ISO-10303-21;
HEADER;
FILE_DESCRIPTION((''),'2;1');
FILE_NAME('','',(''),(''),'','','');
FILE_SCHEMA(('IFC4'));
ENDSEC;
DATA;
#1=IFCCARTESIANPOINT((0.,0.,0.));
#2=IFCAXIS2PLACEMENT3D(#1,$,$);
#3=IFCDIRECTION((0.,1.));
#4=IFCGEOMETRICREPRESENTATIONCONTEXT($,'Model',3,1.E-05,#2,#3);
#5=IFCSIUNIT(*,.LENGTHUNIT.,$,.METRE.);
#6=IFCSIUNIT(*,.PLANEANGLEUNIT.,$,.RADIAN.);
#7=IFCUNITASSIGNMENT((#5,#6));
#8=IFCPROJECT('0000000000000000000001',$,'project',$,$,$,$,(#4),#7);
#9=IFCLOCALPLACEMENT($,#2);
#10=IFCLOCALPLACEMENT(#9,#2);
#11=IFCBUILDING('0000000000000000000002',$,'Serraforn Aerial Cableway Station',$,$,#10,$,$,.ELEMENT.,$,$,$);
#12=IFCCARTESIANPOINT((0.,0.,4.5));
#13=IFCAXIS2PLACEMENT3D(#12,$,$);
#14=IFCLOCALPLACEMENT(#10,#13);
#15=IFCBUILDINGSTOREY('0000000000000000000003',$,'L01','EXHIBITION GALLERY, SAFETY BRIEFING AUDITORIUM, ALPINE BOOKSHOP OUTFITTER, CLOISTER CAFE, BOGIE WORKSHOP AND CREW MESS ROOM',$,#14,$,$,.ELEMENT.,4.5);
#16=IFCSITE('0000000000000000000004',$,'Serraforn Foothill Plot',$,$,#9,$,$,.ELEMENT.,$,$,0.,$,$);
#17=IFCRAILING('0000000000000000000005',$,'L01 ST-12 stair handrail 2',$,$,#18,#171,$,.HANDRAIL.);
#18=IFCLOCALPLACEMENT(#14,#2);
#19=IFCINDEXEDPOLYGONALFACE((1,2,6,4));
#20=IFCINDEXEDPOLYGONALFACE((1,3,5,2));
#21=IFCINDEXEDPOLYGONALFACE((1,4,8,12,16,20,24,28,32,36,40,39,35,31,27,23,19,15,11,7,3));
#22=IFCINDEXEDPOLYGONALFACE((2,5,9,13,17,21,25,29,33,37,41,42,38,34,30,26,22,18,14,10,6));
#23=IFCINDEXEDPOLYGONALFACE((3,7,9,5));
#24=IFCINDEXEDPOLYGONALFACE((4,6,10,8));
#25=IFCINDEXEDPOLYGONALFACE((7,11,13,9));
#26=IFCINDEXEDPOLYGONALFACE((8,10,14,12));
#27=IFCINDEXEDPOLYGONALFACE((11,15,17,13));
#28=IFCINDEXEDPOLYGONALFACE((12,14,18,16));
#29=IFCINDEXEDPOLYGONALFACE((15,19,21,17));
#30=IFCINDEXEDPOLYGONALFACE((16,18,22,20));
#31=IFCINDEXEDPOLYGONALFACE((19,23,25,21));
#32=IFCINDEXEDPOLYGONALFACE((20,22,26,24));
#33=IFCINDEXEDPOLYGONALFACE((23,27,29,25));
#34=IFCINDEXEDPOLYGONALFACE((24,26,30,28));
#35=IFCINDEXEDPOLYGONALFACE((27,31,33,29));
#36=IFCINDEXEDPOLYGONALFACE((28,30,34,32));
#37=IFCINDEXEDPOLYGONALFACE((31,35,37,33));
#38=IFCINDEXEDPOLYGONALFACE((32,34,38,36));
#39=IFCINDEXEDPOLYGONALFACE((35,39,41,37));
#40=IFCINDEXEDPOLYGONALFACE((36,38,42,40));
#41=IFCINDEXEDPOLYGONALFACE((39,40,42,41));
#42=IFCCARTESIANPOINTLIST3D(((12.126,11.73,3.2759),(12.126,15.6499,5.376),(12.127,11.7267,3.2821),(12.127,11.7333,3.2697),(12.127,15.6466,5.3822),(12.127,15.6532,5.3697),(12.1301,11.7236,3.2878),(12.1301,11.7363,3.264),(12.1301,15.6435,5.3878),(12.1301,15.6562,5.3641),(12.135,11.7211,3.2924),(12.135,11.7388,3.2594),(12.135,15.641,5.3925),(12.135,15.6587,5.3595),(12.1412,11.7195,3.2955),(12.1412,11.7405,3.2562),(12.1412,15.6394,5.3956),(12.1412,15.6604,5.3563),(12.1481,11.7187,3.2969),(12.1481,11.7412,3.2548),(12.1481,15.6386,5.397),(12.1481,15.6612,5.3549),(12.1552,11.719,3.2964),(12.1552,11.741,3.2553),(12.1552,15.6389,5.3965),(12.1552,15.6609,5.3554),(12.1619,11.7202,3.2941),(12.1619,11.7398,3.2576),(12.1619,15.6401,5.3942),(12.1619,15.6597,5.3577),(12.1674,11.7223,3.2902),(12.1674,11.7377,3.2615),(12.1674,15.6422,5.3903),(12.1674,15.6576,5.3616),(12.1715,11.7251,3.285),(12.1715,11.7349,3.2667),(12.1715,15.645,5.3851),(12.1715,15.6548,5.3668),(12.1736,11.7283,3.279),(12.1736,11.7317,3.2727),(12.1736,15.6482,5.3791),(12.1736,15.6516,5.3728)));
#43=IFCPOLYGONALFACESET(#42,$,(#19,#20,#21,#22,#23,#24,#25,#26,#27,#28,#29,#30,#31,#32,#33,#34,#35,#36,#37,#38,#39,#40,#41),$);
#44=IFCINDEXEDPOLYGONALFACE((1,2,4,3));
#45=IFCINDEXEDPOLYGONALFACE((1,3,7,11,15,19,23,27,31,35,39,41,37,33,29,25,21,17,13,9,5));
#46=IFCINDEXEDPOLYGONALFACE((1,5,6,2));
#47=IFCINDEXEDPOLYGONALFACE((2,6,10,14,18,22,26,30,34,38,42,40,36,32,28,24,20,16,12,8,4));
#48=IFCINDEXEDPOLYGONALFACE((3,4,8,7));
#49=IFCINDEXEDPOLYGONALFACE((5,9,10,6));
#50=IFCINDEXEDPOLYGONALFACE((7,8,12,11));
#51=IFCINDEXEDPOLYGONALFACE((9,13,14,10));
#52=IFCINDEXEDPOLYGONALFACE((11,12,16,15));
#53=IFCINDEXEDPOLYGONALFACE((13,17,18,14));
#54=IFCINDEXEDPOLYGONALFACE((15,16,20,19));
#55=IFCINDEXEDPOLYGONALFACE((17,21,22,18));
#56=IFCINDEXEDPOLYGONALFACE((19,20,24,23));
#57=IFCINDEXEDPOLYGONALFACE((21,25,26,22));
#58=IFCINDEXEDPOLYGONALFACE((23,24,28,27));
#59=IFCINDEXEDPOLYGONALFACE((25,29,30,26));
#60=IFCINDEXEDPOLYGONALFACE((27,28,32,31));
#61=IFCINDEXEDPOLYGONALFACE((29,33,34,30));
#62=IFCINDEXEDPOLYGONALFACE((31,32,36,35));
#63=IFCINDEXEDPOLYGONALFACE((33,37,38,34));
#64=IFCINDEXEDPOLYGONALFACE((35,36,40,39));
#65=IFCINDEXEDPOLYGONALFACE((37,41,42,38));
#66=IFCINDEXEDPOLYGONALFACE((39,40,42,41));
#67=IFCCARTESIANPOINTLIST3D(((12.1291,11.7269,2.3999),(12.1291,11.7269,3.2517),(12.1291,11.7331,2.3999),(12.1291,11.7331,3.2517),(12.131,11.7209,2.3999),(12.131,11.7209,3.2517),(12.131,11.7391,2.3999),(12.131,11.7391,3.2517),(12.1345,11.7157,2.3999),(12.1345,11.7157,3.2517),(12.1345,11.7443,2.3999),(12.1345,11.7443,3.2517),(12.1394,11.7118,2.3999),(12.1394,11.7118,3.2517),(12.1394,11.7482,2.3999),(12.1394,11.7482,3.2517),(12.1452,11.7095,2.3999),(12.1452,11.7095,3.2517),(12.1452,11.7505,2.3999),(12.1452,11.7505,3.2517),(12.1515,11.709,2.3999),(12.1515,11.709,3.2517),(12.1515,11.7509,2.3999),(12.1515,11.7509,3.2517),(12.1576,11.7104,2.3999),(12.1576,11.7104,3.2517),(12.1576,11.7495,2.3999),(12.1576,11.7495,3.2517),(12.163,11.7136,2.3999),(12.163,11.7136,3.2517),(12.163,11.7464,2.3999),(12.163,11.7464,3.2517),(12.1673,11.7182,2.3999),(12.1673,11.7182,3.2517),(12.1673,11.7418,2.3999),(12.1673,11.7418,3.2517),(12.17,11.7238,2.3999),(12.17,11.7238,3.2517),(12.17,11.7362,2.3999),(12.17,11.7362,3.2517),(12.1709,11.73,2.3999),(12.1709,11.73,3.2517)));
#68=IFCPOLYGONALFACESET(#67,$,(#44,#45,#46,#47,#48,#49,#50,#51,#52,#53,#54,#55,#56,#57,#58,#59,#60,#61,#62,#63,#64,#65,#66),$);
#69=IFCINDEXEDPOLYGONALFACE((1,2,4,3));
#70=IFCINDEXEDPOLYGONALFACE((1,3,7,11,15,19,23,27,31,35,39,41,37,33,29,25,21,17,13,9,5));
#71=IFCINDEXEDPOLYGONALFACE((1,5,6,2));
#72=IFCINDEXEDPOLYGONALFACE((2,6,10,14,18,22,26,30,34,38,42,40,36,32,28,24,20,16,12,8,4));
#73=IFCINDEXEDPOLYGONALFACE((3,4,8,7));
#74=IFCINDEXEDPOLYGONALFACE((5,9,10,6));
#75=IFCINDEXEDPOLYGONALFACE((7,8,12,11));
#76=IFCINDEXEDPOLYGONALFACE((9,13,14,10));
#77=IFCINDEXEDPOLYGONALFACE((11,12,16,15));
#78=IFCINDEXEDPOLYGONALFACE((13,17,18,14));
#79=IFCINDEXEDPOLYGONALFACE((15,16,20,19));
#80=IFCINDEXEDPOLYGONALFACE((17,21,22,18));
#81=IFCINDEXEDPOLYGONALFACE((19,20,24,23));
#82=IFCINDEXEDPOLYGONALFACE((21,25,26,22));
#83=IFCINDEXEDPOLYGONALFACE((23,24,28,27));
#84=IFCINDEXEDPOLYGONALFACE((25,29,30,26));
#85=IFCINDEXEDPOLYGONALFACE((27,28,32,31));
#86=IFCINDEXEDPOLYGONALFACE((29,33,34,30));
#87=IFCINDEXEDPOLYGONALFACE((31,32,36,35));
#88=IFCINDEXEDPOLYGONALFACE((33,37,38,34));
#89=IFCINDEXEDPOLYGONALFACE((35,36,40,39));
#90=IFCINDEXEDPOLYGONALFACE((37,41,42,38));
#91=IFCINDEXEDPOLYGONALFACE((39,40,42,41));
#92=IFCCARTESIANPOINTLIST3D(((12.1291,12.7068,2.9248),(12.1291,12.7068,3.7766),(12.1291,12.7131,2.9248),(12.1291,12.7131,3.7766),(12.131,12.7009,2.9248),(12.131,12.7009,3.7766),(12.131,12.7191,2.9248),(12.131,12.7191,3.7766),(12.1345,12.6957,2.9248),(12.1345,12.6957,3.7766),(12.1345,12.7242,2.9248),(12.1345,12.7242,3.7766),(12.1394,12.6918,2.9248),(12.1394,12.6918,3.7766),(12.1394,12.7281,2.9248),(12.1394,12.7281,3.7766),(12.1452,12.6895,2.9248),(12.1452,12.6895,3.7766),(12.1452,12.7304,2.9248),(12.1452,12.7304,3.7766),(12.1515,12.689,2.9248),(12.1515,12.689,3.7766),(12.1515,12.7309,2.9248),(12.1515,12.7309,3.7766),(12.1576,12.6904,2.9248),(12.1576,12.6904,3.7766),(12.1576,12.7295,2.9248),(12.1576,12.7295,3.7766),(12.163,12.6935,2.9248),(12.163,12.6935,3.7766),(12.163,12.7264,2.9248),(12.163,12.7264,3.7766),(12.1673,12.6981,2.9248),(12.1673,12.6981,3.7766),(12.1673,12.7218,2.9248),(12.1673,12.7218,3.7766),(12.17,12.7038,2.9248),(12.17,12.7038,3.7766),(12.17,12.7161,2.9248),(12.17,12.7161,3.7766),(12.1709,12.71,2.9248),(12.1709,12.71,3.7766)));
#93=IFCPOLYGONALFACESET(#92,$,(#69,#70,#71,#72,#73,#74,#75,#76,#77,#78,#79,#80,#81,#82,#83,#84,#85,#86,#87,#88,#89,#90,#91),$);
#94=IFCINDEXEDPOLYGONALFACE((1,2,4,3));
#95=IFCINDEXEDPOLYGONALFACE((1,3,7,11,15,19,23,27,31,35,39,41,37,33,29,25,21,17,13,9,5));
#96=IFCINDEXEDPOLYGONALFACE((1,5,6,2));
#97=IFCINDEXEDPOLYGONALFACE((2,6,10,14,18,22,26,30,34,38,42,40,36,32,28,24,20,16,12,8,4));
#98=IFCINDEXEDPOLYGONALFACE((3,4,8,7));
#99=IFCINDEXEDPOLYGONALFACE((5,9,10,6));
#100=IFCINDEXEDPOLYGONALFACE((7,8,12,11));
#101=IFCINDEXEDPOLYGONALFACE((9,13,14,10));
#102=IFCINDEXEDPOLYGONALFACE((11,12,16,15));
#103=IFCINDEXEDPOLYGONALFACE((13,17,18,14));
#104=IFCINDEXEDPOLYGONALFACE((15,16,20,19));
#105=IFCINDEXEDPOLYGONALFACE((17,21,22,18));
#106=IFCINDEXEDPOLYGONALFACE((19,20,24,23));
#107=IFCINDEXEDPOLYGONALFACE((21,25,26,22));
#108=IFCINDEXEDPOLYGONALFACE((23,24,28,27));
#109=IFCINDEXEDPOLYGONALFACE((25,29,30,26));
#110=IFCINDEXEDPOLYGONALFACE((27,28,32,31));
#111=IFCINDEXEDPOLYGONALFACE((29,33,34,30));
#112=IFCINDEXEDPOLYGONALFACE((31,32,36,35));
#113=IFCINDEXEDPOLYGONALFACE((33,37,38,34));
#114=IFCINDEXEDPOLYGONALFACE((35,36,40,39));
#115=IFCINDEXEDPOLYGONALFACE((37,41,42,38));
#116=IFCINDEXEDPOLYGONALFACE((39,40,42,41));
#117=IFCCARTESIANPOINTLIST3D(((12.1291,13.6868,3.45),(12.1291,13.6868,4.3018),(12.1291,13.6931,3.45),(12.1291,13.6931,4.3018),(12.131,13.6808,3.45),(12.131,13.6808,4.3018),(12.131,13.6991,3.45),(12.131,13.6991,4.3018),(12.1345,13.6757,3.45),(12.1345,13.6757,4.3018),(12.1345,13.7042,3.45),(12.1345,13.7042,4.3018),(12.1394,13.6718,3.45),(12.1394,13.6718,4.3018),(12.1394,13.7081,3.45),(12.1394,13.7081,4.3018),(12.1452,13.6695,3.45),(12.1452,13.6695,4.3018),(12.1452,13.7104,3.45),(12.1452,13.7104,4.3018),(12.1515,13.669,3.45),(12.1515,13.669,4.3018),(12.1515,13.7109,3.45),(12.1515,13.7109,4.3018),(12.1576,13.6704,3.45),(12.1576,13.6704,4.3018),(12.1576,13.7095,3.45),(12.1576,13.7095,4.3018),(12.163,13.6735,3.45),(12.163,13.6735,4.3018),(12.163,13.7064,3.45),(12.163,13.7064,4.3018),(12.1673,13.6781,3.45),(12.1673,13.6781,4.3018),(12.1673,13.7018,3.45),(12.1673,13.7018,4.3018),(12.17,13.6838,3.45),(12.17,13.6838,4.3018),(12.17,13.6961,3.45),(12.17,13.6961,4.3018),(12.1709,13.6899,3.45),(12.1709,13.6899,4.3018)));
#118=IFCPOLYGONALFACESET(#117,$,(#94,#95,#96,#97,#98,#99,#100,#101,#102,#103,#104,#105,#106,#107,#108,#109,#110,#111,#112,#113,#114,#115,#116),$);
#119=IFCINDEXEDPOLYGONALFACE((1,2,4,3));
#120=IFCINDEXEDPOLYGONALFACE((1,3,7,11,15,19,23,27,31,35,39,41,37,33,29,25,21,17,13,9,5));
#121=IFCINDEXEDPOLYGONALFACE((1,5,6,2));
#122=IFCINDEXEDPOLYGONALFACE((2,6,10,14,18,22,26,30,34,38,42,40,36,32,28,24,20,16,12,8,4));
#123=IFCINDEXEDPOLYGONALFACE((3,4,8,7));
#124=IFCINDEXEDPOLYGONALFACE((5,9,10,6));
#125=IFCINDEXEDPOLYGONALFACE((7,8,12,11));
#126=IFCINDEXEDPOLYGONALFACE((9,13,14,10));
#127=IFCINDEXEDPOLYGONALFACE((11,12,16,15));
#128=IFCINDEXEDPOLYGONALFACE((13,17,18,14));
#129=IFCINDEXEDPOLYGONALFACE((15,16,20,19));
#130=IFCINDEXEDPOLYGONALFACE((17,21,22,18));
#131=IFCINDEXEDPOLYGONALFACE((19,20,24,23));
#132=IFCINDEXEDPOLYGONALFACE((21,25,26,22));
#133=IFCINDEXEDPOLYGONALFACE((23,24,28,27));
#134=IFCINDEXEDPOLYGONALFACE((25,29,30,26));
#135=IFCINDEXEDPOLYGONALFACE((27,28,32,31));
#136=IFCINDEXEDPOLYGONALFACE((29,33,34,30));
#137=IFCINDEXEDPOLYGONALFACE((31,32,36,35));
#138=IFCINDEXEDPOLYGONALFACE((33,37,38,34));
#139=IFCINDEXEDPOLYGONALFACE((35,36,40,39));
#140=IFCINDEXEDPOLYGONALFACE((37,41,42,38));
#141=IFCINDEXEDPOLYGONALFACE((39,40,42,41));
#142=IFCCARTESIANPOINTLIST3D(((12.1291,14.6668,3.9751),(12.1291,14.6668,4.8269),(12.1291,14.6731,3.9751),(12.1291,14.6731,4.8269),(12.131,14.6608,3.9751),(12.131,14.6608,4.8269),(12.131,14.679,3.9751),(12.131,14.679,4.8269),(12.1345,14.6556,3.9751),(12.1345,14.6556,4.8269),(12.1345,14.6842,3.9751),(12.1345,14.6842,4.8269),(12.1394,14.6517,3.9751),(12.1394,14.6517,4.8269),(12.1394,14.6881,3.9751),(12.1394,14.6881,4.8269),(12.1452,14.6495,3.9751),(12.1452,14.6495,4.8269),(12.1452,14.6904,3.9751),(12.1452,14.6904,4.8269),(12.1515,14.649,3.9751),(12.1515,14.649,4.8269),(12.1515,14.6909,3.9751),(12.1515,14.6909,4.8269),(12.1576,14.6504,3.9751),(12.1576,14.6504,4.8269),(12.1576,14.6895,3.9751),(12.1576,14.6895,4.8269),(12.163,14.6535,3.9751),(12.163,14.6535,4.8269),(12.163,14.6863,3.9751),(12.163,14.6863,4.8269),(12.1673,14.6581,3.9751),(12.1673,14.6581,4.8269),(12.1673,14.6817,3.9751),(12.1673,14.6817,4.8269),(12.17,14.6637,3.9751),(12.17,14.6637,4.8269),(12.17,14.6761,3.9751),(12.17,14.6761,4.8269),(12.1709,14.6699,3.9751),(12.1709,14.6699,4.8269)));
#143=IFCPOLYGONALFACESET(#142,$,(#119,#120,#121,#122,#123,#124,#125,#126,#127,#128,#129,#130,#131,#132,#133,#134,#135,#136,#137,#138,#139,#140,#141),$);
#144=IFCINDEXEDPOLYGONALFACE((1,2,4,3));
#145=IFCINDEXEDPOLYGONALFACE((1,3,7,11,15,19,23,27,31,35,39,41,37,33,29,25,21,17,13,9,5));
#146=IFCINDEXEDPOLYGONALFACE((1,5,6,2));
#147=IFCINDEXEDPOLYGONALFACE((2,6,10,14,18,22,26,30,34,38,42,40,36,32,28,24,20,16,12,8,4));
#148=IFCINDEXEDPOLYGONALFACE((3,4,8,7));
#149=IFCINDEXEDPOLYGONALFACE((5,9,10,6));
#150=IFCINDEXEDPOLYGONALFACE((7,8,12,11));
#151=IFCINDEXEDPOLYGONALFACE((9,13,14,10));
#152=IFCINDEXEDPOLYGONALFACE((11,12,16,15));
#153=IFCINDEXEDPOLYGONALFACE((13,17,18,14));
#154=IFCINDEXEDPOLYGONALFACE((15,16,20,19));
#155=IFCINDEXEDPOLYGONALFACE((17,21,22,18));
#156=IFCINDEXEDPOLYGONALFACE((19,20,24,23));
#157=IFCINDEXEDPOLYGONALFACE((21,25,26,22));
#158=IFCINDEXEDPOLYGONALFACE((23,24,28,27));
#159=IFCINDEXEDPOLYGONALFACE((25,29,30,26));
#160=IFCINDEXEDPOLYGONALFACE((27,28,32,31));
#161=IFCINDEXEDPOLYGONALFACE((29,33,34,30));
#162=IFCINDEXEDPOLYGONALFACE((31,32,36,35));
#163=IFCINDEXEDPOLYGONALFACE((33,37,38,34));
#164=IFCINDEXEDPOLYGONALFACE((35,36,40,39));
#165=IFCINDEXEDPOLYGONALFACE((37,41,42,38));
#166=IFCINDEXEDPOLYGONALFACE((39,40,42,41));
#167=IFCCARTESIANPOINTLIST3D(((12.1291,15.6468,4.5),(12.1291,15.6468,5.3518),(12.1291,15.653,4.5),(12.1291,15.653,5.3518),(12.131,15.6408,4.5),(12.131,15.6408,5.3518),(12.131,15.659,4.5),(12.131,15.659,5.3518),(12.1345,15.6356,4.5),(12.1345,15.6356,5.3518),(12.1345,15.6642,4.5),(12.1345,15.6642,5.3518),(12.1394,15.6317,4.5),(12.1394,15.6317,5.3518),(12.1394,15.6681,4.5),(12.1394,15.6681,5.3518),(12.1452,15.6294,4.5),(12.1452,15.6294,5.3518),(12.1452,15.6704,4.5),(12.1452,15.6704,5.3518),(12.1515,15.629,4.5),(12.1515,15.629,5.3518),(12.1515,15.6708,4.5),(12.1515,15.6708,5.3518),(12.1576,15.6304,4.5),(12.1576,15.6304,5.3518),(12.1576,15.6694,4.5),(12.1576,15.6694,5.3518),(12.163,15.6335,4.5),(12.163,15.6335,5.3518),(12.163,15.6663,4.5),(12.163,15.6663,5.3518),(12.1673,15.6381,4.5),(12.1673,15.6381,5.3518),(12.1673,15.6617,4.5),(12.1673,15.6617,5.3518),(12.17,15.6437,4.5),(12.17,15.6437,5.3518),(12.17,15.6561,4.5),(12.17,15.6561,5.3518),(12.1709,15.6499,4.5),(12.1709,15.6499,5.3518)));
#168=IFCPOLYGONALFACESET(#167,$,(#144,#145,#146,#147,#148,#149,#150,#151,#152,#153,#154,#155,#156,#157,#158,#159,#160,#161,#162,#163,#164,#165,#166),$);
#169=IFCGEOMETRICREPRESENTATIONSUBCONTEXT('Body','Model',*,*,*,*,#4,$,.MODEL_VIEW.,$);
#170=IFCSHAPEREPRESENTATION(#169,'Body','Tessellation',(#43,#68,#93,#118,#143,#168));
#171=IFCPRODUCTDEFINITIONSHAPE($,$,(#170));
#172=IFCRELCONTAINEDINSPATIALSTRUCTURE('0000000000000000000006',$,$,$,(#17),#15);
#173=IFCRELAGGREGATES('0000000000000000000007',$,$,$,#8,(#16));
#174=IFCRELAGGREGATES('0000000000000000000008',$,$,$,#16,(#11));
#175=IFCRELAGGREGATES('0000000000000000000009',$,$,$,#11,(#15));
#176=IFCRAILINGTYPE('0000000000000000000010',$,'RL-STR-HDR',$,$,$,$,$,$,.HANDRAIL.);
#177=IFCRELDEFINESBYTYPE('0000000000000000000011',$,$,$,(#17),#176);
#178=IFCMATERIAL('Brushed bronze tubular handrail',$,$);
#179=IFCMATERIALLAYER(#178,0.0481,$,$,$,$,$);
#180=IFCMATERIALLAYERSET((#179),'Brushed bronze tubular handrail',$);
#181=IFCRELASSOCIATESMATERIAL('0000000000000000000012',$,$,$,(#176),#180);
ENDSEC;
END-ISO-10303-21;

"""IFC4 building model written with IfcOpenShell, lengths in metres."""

from ifc_helpers import new_model, si_unit, direction, frame, origin, origin_2d, place, context, subcontext, project, spatial, circle, extrude, material, layer, layer_set, type_object, element, save


model = new_model("IFC4")

# Units and contexts
model_context = context("Model", 3, precision=1e-05, world=origin(), true_north=direction((0.0, 1.0)))
body_context = subcontext(model_context, "Body", "Model", "MODEL_VIEW")
ifc_project = project(units=[si_unit("LENGTHUNIT", "METRE"), si_unit("PLANEANGLEUNIT", "RADIAN")], contexts=[model_context])

# Site, building, storey
site_placement = place(None, origin())
site = spatial("IfcSite", under=ifc_project, at=site_placement, Name="Serraforn Foothill Plot", CompositionType="ELEMENT", RefElevation=0.0)
building_placement = place(site_placement, origin())
building = spatial("IfcBuilding", under=site, at=building_placement, Name="Serraforn Aerial Cableway Station", CompositionType="ELEMENT")
storey_placement = place(building_placement, frame((0.0, 0.0, 4.5)))
storey = spatial("IfcBuildingStorey", under=building, at=storey_placement, Name="L01", Description="EXHIBITION GALLERY, SAFETY BRIEFING AUDITORIUM, ALPINE BOOKSHOP OUTFITTER, CLOISTER CAFE, BOGIE WORKSHOP AND CREW MESS ROOM", CompositionType="ELEMENT", Elevation=4.5)

# Railing
ifc_material_1 = material(Name="Brushed bronze tubular handrail")
ifc_layer_1 = layer(ifc_material_1, 0.0481)
ifc_layer_set_1 = layer_set([ifc_layer_1], Name="Brushed bronze tubular handrail")
railing_type_1 = type_object("IfcRailingType", Name="RL-STR-HDR", PredefinedType="HANDRAIL", material=ifc_layer_set_1)
railing_1_placement = place(storey_placement, frame((12.1499, 11.73, 2.3999)))
element("IfcRailing", 1, at=railing_1_placement, inside=storey, type_object=railing_type_1, Name="L01 ST-12 stair handrail 2", PredefinedType="HANDRAIL", context=body_context, shape_type="SweptSolid", body=[
    extrude(circle(Radius=0.0239, at=origin_2d()), frame((0.0, 0.0, 0.876), z_axis=(0.0, 0.881467, 0.472246), x_axis=(-1.0, 0.0, 0.0)), (0.0, 0.0, 1.0), 4.447),
    extrude(circle(Radius=0.021, at=origin_2d()), origin(), (0.0, 0.0, 1.0), 0.8518),
    extrude(circle(Radius=0.021, at=origin_2d()), frame((0.0, 0.98, 0.5249)), (0.0, 0.0, 1.0), 0.8518),
    extrude(circle(Radius=0.021, at=origin_2d()), frame((0.0, 1.96, 1.05)), (0.0, 0.0, 1.0), 0.8518),
    extrude(circle(Radius=0.021, at=origin_2d()), frame((0.0, 2.9399, 1.5752)), (0.0, 0.0, 1.0), 0.8518),
    extrude(circle(Radius=0.021, at=origin_2d()), frame((0.0, 3.9199, 2.1001)), (0.0, 0.0, 1.0), 0.8518),
])

save(model, "model.ifc")
